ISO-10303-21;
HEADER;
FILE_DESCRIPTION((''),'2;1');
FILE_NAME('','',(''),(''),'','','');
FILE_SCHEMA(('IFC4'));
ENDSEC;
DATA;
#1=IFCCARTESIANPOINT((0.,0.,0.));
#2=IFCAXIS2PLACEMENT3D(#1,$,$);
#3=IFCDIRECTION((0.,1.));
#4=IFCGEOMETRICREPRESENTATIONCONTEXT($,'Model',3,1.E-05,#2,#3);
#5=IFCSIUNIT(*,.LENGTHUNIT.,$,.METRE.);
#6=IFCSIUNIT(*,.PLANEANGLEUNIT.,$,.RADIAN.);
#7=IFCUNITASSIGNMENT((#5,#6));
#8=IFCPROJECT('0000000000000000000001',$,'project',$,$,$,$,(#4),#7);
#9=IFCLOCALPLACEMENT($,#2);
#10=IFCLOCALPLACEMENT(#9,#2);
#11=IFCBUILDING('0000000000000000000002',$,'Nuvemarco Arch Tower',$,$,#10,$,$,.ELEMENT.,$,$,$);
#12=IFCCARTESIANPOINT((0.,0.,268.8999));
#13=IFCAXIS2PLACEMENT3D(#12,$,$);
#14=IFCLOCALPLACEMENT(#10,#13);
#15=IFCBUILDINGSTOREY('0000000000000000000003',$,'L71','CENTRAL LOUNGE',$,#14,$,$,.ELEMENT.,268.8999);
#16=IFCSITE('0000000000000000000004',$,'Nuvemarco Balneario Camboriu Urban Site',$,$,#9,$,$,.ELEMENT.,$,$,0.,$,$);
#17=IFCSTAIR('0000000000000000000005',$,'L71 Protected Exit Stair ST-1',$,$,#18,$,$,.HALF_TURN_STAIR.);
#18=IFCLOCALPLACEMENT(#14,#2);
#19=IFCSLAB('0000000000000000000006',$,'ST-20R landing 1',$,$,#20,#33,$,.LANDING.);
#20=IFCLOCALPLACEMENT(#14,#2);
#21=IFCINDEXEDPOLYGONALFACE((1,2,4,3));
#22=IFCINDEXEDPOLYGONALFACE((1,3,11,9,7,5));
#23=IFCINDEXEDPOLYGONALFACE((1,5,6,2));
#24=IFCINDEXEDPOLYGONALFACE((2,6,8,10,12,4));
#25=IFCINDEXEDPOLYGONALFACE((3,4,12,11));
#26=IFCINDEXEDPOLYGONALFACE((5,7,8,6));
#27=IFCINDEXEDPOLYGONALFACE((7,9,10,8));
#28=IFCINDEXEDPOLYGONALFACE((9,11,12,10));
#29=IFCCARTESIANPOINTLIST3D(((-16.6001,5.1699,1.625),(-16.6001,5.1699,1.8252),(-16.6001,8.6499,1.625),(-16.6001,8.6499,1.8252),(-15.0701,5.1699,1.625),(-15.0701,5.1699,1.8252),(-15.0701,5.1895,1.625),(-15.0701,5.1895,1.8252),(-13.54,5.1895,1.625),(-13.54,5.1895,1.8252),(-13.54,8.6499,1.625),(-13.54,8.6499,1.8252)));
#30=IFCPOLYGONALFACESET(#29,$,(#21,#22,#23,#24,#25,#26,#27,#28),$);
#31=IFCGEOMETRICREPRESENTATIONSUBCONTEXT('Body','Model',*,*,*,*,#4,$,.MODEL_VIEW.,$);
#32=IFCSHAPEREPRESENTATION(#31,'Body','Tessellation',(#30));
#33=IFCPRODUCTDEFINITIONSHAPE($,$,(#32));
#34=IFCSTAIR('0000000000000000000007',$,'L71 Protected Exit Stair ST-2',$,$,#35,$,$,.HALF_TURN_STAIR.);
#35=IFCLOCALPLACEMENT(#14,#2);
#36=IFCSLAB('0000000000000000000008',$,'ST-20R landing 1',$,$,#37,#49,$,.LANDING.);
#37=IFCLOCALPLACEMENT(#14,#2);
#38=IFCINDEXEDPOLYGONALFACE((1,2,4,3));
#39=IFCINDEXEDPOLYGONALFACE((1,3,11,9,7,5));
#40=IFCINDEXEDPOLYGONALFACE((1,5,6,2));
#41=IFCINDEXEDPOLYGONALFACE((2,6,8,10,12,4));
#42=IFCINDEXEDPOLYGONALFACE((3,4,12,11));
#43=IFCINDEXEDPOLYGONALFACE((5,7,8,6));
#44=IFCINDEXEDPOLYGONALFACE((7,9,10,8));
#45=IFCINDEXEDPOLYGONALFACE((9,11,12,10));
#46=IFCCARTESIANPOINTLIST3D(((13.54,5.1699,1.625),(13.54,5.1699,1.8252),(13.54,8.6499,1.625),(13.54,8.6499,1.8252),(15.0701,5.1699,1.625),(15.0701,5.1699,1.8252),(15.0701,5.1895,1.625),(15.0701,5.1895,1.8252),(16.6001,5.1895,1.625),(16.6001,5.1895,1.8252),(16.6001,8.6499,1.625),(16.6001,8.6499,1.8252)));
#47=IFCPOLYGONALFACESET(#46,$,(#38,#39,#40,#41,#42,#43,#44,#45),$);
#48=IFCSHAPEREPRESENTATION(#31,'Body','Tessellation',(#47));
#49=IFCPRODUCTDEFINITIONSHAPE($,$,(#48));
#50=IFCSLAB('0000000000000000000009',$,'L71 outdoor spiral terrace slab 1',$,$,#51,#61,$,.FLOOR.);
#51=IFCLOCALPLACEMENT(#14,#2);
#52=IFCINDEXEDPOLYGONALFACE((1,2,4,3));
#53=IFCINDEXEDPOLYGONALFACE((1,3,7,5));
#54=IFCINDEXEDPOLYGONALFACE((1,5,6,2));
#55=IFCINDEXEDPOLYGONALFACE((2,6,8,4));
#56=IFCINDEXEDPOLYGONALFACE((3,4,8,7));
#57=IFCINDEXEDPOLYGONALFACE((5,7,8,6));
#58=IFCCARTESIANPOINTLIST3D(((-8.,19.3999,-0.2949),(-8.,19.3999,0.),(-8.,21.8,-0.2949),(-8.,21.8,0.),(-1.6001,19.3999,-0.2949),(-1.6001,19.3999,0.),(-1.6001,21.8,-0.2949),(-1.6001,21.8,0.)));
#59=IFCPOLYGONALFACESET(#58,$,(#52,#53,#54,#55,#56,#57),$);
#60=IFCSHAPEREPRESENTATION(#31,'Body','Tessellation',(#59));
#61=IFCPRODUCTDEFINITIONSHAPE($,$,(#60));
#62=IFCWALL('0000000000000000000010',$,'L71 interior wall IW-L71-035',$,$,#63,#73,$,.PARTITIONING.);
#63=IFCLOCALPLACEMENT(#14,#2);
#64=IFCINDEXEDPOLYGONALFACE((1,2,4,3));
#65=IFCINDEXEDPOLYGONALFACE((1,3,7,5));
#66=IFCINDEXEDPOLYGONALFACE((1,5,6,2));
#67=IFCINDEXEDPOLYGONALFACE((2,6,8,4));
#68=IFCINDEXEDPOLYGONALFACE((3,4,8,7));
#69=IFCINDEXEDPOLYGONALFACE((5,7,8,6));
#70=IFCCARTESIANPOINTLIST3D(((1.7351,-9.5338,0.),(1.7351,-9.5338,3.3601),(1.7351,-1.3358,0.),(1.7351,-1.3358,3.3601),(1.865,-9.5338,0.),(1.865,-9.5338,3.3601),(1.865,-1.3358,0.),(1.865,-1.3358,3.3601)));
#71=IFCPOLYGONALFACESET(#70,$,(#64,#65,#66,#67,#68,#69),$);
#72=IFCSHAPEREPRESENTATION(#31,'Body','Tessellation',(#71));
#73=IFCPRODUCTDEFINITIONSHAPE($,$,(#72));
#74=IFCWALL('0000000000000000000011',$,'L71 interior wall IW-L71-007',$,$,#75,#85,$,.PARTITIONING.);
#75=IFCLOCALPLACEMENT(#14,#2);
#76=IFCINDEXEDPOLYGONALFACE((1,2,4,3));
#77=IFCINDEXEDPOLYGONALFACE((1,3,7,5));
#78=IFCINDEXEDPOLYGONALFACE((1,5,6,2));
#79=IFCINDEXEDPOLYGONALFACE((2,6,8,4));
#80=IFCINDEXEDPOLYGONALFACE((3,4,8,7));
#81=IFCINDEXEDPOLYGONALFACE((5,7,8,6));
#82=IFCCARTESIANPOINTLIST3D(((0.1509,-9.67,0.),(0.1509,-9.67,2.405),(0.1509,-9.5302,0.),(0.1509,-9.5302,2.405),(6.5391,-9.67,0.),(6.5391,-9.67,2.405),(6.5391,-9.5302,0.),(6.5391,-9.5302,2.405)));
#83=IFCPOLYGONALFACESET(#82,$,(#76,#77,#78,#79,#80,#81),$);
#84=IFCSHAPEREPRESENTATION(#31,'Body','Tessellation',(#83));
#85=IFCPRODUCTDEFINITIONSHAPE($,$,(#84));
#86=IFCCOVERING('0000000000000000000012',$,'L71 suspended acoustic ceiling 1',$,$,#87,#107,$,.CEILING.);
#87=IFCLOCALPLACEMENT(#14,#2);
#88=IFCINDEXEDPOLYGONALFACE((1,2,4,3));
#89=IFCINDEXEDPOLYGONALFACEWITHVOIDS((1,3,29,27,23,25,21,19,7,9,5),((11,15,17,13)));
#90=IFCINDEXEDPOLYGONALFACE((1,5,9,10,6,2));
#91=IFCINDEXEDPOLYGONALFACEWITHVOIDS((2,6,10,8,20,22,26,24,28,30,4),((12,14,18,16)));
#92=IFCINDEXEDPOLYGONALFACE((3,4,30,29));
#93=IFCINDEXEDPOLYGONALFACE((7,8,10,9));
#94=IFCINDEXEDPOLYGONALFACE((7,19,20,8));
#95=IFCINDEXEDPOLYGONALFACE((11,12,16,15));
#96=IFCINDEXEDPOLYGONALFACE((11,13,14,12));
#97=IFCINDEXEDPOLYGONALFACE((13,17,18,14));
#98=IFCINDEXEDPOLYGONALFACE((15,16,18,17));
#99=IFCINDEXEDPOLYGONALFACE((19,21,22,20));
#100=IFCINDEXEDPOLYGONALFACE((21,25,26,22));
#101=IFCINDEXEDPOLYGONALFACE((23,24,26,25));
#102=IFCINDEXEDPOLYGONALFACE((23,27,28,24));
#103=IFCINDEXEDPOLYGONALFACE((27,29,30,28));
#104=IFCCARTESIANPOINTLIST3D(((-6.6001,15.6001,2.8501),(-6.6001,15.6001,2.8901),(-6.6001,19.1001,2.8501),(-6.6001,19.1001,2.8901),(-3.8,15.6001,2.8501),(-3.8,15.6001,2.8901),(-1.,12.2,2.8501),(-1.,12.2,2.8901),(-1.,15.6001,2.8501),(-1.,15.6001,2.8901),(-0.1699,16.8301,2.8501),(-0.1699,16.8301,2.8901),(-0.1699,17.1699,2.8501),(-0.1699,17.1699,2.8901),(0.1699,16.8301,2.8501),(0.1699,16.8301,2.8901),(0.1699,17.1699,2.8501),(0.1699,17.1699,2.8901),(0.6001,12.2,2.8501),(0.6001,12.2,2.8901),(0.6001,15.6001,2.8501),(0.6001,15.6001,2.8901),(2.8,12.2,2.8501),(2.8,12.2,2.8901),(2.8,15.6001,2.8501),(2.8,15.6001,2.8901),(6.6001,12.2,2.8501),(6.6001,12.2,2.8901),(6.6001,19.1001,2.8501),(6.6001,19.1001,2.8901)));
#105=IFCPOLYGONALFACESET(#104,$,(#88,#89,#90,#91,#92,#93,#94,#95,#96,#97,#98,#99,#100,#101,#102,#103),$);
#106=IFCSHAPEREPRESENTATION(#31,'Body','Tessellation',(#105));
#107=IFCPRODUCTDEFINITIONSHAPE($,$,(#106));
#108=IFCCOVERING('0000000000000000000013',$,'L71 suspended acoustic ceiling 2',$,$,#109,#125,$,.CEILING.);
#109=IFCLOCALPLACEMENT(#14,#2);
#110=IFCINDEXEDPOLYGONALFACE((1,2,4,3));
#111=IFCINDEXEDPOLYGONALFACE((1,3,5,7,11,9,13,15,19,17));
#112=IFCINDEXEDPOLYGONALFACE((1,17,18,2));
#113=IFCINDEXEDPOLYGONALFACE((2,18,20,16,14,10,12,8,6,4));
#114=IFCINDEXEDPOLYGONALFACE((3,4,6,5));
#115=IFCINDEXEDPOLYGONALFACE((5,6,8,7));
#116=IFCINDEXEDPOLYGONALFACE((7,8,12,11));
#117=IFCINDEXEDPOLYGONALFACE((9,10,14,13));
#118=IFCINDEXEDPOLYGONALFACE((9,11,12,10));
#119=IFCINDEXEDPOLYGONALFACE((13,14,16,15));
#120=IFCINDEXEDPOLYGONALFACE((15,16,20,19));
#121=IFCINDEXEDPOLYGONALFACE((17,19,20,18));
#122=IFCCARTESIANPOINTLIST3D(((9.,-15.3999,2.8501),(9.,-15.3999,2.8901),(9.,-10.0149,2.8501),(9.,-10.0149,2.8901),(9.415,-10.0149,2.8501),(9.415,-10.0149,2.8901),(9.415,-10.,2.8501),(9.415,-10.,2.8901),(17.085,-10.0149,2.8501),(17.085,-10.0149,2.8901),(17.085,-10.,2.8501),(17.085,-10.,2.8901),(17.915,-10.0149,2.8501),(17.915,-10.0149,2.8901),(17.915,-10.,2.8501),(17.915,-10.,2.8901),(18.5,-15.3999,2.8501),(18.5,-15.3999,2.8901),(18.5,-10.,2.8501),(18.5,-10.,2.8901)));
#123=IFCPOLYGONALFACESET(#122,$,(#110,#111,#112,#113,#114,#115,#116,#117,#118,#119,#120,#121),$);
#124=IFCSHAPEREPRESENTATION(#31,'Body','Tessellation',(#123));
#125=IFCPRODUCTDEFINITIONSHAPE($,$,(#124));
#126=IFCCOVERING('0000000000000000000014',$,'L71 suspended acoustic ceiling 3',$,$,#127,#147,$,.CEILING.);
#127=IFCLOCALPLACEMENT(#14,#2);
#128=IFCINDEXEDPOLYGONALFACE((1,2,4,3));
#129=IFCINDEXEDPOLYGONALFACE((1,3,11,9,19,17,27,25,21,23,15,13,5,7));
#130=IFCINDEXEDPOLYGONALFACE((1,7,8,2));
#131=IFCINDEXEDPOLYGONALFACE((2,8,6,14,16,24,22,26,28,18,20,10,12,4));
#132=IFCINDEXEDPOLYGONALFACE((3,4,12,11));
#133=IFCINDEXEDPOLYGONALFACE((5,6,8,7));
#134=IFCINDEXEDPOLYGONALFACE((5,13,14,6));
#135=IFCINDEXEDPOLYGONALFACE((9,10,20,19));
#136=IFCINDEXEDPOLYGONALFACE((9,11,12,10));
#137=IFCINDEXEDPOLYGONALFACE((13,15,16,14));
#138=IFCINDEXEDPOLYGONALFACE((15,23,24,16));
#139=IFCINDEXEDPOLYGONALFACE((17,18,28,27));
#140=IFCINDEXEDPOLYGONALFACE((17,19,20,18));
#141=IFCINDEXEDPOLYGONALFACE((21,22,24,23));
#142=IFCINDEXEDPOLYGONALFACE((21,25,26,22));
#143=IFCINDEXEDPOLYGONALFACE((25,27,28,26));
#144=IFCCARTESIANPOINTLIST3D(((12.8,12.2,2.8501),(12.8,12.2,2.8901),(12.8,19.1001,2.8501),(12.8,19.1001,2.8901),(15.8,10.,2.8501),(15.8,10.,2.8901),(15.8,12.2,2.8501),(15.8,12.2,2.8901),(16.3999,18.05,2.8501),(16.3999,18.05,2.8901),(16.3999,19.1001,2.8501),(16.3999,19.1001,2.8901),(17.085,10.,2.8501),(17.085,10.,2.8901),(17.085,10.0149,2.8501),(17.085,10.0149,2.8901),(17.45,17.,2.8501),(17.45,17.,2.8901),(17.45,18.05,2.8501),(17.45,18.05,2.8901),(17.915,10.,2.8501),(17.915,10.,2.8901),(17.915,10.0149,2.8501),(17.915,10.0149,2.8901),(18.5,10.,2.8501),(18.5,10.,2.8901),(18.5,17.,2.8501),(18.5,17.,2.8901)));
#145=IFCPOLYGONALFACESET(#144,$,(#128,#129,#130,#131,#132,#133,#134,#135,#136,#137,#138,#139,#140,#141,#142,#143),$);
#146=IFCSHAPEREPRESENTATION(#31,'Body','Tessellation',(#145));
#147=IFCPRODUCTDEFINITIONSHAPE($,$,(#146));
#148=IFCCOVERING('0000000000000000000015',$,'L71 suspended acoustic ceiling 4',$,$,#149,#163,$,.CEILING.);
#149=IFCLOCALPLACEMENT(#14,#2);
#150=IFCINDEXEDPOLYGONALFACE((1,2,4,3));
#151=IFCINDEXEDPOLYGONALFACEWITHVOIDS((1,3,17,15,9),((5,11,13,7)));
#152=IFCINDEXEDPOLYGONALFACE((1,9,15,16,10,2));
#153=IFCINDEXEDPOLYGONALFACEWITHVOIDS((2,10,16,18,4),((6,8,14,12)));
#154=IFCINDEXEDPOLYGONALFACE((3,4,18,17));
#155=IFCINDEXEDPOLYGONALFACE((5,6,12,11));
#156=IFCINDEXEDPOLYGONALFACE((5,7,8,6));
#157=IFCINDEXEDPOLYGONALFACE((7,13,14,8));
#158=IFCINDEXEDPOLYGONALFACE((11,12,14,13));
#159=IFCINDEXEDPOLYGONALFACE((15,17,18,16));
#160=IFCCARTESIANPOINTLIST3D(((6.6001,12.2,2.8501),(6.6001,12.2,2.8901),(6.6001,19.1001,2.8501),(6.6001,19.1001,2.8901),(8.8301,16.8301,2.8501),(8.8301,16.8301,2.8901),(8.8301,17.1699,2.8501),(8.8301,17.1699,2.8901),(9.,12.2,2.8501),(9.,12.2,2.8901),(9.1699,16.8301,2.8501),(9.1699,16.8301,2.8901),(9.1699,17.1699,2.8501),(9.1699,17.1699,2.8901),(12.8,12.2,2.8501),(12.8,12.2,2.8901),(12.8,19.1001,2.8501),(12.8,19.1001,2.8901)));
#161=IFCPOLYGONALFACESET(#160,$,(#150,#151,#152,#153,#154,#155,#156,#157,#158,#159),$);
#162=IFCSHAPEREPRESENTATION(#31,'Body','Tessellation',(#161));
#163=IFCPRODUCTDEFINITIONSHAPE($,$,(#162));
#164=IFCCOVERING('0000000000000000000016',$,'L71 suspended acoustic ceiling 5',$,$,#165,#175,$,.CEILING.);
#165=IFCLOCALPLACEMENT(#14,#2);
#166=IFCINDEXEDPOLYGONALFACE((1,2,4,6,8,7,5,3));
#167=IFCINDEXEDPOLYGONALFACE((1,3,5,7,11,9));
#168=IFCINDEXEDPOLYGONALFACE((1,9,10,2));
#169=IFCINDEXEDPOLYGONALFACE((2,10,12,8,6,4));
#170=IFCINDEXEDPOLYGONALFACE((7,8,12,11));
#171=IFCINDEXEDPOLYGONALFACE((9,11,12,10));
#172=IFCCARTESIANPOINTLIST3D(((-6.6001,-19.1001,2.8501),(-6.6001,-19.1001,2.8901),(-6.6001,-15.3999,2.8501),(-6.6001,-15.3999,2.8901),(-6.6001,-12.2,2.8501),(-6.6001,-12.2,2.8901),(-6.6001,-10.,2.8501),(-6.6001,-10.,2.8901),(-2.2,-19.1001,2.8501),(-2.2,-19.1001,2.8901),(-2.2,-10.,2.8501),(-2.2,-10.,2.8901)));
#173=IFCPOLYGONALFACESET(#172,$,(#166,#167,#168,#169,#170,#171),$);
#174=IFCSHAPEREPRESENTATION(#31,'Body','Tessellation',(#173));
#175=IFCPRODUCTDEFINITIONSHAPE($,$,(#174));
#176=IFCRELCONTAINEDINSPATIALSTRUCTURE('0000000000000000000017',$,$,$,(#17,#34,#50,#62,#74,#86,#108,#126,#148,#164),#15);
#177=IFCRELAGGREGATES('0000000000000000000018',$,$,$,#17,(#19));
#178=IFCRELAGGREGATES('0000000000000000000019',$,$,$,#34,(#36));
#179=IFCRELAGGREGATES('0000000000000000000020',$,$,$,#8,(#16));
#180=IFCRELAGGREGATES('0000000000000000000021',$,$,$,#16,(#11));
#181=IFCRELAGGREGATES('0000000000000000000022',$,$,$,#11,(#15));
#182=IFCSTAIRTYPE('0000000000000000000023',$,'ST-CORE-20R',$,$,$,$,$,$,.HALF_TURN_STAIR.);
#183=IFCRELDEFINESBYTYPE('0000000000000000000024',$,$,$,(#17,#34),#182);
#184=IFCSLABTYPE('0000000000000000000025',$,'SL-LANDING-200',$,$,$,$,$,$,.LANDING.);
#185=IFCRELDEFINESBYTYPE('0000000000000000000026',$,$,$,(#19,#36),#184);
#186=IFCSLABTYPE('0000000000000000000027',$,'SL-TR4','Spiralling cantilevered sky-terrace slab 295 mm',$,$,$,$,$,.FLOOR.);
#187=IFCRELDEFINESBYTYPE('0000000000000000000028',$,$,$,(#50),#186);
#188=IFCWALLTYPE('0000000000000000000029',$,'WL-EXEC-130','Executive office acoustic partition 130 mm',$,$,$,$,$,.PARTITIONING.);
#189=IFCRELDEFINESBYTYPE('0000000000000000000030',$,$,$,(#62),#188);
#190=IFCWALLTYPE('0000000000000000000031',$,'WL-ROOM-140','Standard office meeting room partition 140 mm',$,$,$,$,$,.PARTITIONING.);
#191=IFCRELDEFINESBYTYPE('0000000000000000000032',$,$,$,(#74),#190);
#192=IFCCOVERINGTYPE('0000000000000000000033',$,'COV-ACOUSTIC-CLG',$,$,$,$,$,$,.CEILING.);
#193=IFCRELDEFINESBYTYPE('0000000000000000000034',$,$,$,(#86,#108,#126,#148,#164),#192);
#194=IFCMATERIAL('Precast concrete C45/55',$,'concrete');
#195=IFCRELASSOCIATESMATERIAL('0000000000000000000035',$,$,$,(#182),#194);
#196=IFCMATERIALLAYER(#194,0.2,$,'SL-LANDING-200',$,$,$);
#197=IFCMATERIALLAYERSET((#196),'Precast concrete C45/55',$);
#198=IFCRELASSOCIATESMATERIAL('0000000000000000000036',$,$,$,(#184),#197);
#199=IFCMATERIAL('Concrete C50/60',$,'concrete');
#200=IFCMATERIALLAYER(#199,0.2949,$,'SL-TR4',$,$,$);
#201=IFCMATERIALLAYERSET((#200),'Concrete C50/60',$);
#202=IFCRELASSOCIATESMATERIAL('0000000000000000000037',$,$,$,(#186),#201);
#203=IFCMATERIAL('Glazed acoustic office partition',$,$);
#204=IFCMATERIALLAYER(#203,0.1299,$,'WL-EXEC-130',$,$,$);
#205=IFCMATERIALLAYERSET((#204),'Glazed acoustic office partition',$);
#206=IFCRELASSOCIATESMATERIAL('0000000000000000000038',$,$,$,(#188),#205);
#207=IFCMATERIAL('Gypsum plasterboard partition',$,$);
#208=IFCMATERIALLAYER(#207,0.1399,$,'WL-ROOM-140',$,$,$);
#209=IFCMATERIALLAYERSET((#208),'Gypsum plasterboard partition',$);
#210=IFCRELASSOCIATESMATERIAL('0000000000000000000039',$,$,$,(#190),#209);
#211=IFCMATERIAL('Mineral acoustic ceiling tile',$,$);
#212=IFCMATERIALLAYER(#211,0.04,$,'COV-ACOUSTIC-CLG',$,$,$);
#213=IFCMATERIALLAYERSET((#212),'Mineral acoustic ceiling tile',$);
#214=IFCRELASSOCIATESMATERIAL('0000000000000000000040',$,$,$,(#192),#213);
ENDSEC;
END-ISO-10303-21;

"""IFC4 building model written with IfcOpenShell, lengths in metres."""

from ifc_helpers import new_model, si_unit, direction, frame, frame_2d, origin, place, context, subcontext, project, spatial, polyline, rectangle, outline, extrude, material, layer, layer_set, type_object, element, aggregate, save


model = new_model("IFC4")

# Units and contexts
model_context = context("Model", 3, precision=1e-05, world=origin(), true_north=direction((0.0, 1.0)))
body_context = subcontext(model_context, "Body", "Model", "MODEL_VIEW")
ifc_project = project(units=[si_unit("LENGTHUNIT", "METRE"), si_unit("PLANEANGLEUNIT", "RADIAN")], contexts=[model_context])

# Site, building, storey
site_placement = place(None, origin())
site = spatial("IfcSite", under=ifc_project, at=site_placement, Name="Nuvemarco Balneario Camboriu Urban Site", CompositionType="ELEMENT", RefElevation=0.0)
building_placement = place(site_placement, origin())
building = spatial("IfcBuilding", under=site, at=building_placement, Name="Nuvemarco Arch Tower", CompositionType="ELEMENT")
storey_placement = place(building_placement, frame((0.0, 0.0, 268.8999)))
storey = spatial("IfcBuildingStorey", under=building, at=storey_placement, Name="L71", Description="CENTRAL LOUNGE", CompositionType="ELEMENT", Elevation=268.8999)

# Shared definitions
ifc_material_1 = material(Name="Concrete C50/60", Category="concrete")

# Stairs, slabs
ifc_material_2 = material(Name="Precast concrete C45/55", Category="concrete")
stair_type = type_object("IfcStairType", Name="ST-CORE-20R", PredefinedType="HALF_TURN_STAIR", material=ifc_material_2)
stair_1_placement = place(storey_placement, origin())
stair_1 = element("IfcStair", 1, at=stair_1_placement, inside=storey, type_object=stair_type, Name="L71 Protected Exit Stair ST-1", PredefinedType="HALF_TURN_STAIR")
ifc_layer_1 = layer(ifc_material_2, 0.2, Name="SL-LANDING-200")
ifc_layer_set_1 = layer_set([ifc_layer_1], Name="Precast concrete C45/55")
slab_type_1 = type_object("IfcSlabType", Name="SL-LANDING-200", PredefinedType="LANDING", material=ifc_layer_set_1)
slab_1_placement = place(storey_placement, frame((0.0, 0.0, 1.625)))
slab_1 = element("IfcSlab", 2, at=slab_1_placement, type_object=slab_type_1, Name="ST-20R landing 1", PredefinedType="LANDING", context=body_context, shape_type="SweptSolid", body=[
    extrude(outline(polyline([(-13.54, 5.1895), (-13.54, 8.6499), (-16.6001, 8.6499), (-16.6001, 5.1699), (-15.0701, 5.1699), (-15.0701, 5.1895), (-13.54, 5.1895)])), origin(), (0.0, 0.0, 1.0), 0.2002),
])
aggregate(stair_1, [slab_1])
stair_2_placement = place(storey_placement, origin())
stair_2 = element("IfcStair", 3, at=stair_2_placement, inside=storey, type_object=stair_type, Name="L71 Protected Exit Stair ST-2", PredefinedType="HALF_TURN_STAIR")
slab_2_placement = place(storey_placement, frame((0.0, 0.0, 1.625)))
slab_2 = element("IfcSlab", 4, at=slab_2_placement, type_object=slab_type_1, Name="ST-20R landing 1", PredefinedType="LANDING", context=body_context, shape_type="SweptSolid", body=[
    extrude(outline(polyline([(16.6001, 5.1895), (16.6001, 8.6499), (13.54, 8.6499), (13.54, 5.1699), (15.0701, 5.1699), (15.0701, 5.1895), (16.6001, 5.1895)])), origin(), (0.0, 0.0, 1.0), 0.2002),
])
aggregate(stair_2, [slab_2])

# Slab
ifc_layer_2 = layer(ifc_material_1, 0.2949, Name="SL-TR4")
ifc_layer_set_2 = layer_set([ifc_layer_2], Name="Concrete C50/60")
slab_type_2 = type_object("IfcSlabType", Name="SL-TR4", Description="Spiralling cantilevered sky-terrace slab 295 mm", PredefinedType="FLOOR", material=ifc_layer_set_2)
slab_3_placement = place(storey_placement, frame((0.0, 0.0, -0.2949)))
element("IfcSlab", 5, at=slab_3_placement, inside=storey, type_object=slab_type_2, Name="L71 outdoor spiral terrace slab 1", PredefinedType="FLOOR", context=body_context, shape_type="SweptSolid", body=[
    extrude(outline(polyline([(-8.0, 19.3999), (-1.6001, 19.3999), (-1.6001, 21.8), (-8.0, 21.8), (-8.0, 19.3999)])), origin(), (0.0, 0.0, 1.0), 0.2949),
])

# Walls
ifc_material_3 = material(Name="Glazed acoustic office partition")
ifc_layer_3 = layer(ifc_material_3, 0.1299, Name="WL-EXEC-130")
ifc_layer_set_3 = layer_set([ifc_layer_3], Name="Glazed acoustic office partition")
wall_type_1 = type_object("IfcWallType", Name="WL-EXEC-130", Description="Executive office acoustic partition 130 mm", PredefinedType="PARTITIONING", material=ifc_layer_set_3)
wall_1_placement = place(storey_placement, frame((1.8, -9.5339, 0.0), z_axis=(0.0, 0.0, 1.0), x_axis=(0.0, 1.0, 0.0)))
element("IfcWall", 6, at=wall_1_placement, inside=storey, type_object=wall_type_1, Name="L71 interior wall IW-L71-035", PredefinedType="PARTITIONING", context=body_context, shape_type="SweptSolid", body=[
    extrude(rectangle(XDim=8.198, YDim=0.1299, at=frame_2d((4.0991, 0.0))), origin(), (0.0, 0.0, 1.0), 3.3601),
])
ifc_material_4 = material(Name="Gypsum plasterboard partition")
ifc_layer_4 = layer(ifc_material_4, 0.1399, Name="WL-ROOM-140")
ifc_layer_set_4 = layer_set([ifc_layer_4], Name="Gypsum plasterboard partition")
wall_type_2 = type_object("IfcWallType", Name="WL-ROOM-140", Description="Standard office meeting room partition 140 mm", PredefinedType="PARTITIONING", material=ifc_layer_set_4)
wall_2_placement = place(storey_placement, frame((0.1509, -9.6001, 0.0), z_axis=(0.0, 0.0, 1.0), x_axis=(1.0, 0.0, 0.0)))
element("IfcWall", 7, at=wall_2_placement, inside=storey, type_object=wall_type_2, Name="L71 interior wall IW-L71-007", PredefinedType="PARTITIONING", context=body_context, shape_type="SweptSolid", body=[
    extrude(rectangle(XDim=6.3882, YDim=0.1399, at=frame_2d((3.1941, 0.0))), origin(), (0.0, 0.0, 1.0), 2.405),
])

# Coverings
ifc_material_5 = material(Name="Mineral acoustic ceiling tile")
ifc_layer_5 = layer(ifc_material_5, 0.04, Name="COV-ACOUSTIC-CLG")
ifc_layer_set_5 = layer_set([ifc_layer_5], Name="Mineral acoustic ceiling tile")
covering_type = type_object("IfcCoveringType", Name="COV-ACOUSTIC-CLG", PredefinedType="CEILING", material=ifc_layer_set_5)
covering_1_placement = place(storey_placement, frame((0.0, 0.0, 2.8501)))
element("IfcCovering", 8, at=covering_1_placement, inside=storey, type_object=covering_type, Name="L71 suspended acoustic ceiling 1", PredefinedType="CEILING", context=body_context, shape_type="SweptSolid", body=[
    extrude(outline(polyline([(-1.0, 12.2), (-1.0, 15.6001), (-3.8, 15.6001), (-6.6001, 15.6001), (-6.6001, 19.1001), (6.6001, 19.1001), (6.6001, 12.2), (2.8, 12.2), (2.8, 15.6001), (0.6001, 15.6001), (0.6001, 12.2), (-1.0, 12.2)]), holes=[polyline([(0.1699, 16.8301), (0.1699, 17.1699), (-0.1699, 17.1699), (-0.1699, 16.8301), (0.1699, 16.8301)])]), origin(), (0.0, 0.0, 1.0), 0.04),
])
covering_2_placement = place(storey_placement, frame((0.0, 0.0, 2.8501)))
element("IfcCovering", 9, at=covering_2_placement, inside=storey, type_object=covering_type, Name="L71 suspended acoustic ceiling 2", PredefinedType="CEILING", context=body_context, shape_type="SweptSolid", body=[
    extrude(outline(polyline([(17.085, -10.0149), (17.915, -10.0149), (17.915, -10.0), (18.5, -10.0), (18.5, -15.3999), (9.0, -15.3999), (9.0, -10.0149), (9.415, -10.0149), (9.415, -10.0), (17.085, -10.0), (17.085, -10.0149)])), origin(), (0.0, 0.0, 1.0), 0.04),
])
covering_3_placement = place(storey_placement, frame((0.0, 0.0, 2.8501)))
element("IfcCovering", 10, at=covering_3_placement, inside=storey, type_object=covering_type, Name="L71 suspended acoustic ceiling 3", PredefinedType="CEILING", context=body_context, shape_type="SweptSolid", body=[
    extrude(outline(polyline([(18.5, 17.0), (18.5, 10.0), (17.915, 10.0), (17.915, 10.0149), (17.085, 10.0149), (17.085, 10.0), (15.8, 10.0), (15.8, 12.2), (12.8, 12.2), (12.8, 19.1001), (16.3999, 19.1001), (16.3999, 18.05), (17.45, 18.05), (17.45, 17.0), (18.5, 17.0)])), origin(), (0.0, 0.0, 1.0), 0.04),
])
covering_4_placement = place(storey_placement, frame((0.0, 0.0, 2.8501)))
element("IfcCovering", 11, at=covering_4_placement, inside=storey, type_object=covering_type, Name="L71 suspended acoustic ceiling 4", PredefinedType="CEILING", context=body_context, shape_type="SweptSolid", body=[
    extrude(outline(polyline([(12.8, 12.2), (9.0, 12.2), (6.6001, 12.2), (6.6001, 19.1001), (12.8, 19.1001), (12.8, 12.2)]), holes=[polyline([(9.1699, 17.1699), (8.8301, 17.1699), (8.8301, 16.8301), (9.1699, 16.8301), (9.1699, 17.1699)])]), origin(), (0.0, 0.0, 1.0), 0.04),
])
covering_5_placement = place(storey_placement, frame((0.0, 0.0, 2.8501)))
element("IfcCovering", 12, at=covering_5_placement, inside=storey, type_object=covering_type, Name="L71 suspended acoustic ceiling 5", PredefinedType="CEILING", context=body_context, shape_type="SweptSolid", body=[
    extrude(outline(polyline([(-6.6001, -10.0), (-2.2, -10.0), (-2.2, -19.1001), (-6.6001, -19.1001), (-6.6001, -15.3999), (-6.6001, -12.2), (-6.6001, -10.0)])), origin(), (0.0, 0.0, 1.0), 0.04),
])

save(model, "model.ifc")
